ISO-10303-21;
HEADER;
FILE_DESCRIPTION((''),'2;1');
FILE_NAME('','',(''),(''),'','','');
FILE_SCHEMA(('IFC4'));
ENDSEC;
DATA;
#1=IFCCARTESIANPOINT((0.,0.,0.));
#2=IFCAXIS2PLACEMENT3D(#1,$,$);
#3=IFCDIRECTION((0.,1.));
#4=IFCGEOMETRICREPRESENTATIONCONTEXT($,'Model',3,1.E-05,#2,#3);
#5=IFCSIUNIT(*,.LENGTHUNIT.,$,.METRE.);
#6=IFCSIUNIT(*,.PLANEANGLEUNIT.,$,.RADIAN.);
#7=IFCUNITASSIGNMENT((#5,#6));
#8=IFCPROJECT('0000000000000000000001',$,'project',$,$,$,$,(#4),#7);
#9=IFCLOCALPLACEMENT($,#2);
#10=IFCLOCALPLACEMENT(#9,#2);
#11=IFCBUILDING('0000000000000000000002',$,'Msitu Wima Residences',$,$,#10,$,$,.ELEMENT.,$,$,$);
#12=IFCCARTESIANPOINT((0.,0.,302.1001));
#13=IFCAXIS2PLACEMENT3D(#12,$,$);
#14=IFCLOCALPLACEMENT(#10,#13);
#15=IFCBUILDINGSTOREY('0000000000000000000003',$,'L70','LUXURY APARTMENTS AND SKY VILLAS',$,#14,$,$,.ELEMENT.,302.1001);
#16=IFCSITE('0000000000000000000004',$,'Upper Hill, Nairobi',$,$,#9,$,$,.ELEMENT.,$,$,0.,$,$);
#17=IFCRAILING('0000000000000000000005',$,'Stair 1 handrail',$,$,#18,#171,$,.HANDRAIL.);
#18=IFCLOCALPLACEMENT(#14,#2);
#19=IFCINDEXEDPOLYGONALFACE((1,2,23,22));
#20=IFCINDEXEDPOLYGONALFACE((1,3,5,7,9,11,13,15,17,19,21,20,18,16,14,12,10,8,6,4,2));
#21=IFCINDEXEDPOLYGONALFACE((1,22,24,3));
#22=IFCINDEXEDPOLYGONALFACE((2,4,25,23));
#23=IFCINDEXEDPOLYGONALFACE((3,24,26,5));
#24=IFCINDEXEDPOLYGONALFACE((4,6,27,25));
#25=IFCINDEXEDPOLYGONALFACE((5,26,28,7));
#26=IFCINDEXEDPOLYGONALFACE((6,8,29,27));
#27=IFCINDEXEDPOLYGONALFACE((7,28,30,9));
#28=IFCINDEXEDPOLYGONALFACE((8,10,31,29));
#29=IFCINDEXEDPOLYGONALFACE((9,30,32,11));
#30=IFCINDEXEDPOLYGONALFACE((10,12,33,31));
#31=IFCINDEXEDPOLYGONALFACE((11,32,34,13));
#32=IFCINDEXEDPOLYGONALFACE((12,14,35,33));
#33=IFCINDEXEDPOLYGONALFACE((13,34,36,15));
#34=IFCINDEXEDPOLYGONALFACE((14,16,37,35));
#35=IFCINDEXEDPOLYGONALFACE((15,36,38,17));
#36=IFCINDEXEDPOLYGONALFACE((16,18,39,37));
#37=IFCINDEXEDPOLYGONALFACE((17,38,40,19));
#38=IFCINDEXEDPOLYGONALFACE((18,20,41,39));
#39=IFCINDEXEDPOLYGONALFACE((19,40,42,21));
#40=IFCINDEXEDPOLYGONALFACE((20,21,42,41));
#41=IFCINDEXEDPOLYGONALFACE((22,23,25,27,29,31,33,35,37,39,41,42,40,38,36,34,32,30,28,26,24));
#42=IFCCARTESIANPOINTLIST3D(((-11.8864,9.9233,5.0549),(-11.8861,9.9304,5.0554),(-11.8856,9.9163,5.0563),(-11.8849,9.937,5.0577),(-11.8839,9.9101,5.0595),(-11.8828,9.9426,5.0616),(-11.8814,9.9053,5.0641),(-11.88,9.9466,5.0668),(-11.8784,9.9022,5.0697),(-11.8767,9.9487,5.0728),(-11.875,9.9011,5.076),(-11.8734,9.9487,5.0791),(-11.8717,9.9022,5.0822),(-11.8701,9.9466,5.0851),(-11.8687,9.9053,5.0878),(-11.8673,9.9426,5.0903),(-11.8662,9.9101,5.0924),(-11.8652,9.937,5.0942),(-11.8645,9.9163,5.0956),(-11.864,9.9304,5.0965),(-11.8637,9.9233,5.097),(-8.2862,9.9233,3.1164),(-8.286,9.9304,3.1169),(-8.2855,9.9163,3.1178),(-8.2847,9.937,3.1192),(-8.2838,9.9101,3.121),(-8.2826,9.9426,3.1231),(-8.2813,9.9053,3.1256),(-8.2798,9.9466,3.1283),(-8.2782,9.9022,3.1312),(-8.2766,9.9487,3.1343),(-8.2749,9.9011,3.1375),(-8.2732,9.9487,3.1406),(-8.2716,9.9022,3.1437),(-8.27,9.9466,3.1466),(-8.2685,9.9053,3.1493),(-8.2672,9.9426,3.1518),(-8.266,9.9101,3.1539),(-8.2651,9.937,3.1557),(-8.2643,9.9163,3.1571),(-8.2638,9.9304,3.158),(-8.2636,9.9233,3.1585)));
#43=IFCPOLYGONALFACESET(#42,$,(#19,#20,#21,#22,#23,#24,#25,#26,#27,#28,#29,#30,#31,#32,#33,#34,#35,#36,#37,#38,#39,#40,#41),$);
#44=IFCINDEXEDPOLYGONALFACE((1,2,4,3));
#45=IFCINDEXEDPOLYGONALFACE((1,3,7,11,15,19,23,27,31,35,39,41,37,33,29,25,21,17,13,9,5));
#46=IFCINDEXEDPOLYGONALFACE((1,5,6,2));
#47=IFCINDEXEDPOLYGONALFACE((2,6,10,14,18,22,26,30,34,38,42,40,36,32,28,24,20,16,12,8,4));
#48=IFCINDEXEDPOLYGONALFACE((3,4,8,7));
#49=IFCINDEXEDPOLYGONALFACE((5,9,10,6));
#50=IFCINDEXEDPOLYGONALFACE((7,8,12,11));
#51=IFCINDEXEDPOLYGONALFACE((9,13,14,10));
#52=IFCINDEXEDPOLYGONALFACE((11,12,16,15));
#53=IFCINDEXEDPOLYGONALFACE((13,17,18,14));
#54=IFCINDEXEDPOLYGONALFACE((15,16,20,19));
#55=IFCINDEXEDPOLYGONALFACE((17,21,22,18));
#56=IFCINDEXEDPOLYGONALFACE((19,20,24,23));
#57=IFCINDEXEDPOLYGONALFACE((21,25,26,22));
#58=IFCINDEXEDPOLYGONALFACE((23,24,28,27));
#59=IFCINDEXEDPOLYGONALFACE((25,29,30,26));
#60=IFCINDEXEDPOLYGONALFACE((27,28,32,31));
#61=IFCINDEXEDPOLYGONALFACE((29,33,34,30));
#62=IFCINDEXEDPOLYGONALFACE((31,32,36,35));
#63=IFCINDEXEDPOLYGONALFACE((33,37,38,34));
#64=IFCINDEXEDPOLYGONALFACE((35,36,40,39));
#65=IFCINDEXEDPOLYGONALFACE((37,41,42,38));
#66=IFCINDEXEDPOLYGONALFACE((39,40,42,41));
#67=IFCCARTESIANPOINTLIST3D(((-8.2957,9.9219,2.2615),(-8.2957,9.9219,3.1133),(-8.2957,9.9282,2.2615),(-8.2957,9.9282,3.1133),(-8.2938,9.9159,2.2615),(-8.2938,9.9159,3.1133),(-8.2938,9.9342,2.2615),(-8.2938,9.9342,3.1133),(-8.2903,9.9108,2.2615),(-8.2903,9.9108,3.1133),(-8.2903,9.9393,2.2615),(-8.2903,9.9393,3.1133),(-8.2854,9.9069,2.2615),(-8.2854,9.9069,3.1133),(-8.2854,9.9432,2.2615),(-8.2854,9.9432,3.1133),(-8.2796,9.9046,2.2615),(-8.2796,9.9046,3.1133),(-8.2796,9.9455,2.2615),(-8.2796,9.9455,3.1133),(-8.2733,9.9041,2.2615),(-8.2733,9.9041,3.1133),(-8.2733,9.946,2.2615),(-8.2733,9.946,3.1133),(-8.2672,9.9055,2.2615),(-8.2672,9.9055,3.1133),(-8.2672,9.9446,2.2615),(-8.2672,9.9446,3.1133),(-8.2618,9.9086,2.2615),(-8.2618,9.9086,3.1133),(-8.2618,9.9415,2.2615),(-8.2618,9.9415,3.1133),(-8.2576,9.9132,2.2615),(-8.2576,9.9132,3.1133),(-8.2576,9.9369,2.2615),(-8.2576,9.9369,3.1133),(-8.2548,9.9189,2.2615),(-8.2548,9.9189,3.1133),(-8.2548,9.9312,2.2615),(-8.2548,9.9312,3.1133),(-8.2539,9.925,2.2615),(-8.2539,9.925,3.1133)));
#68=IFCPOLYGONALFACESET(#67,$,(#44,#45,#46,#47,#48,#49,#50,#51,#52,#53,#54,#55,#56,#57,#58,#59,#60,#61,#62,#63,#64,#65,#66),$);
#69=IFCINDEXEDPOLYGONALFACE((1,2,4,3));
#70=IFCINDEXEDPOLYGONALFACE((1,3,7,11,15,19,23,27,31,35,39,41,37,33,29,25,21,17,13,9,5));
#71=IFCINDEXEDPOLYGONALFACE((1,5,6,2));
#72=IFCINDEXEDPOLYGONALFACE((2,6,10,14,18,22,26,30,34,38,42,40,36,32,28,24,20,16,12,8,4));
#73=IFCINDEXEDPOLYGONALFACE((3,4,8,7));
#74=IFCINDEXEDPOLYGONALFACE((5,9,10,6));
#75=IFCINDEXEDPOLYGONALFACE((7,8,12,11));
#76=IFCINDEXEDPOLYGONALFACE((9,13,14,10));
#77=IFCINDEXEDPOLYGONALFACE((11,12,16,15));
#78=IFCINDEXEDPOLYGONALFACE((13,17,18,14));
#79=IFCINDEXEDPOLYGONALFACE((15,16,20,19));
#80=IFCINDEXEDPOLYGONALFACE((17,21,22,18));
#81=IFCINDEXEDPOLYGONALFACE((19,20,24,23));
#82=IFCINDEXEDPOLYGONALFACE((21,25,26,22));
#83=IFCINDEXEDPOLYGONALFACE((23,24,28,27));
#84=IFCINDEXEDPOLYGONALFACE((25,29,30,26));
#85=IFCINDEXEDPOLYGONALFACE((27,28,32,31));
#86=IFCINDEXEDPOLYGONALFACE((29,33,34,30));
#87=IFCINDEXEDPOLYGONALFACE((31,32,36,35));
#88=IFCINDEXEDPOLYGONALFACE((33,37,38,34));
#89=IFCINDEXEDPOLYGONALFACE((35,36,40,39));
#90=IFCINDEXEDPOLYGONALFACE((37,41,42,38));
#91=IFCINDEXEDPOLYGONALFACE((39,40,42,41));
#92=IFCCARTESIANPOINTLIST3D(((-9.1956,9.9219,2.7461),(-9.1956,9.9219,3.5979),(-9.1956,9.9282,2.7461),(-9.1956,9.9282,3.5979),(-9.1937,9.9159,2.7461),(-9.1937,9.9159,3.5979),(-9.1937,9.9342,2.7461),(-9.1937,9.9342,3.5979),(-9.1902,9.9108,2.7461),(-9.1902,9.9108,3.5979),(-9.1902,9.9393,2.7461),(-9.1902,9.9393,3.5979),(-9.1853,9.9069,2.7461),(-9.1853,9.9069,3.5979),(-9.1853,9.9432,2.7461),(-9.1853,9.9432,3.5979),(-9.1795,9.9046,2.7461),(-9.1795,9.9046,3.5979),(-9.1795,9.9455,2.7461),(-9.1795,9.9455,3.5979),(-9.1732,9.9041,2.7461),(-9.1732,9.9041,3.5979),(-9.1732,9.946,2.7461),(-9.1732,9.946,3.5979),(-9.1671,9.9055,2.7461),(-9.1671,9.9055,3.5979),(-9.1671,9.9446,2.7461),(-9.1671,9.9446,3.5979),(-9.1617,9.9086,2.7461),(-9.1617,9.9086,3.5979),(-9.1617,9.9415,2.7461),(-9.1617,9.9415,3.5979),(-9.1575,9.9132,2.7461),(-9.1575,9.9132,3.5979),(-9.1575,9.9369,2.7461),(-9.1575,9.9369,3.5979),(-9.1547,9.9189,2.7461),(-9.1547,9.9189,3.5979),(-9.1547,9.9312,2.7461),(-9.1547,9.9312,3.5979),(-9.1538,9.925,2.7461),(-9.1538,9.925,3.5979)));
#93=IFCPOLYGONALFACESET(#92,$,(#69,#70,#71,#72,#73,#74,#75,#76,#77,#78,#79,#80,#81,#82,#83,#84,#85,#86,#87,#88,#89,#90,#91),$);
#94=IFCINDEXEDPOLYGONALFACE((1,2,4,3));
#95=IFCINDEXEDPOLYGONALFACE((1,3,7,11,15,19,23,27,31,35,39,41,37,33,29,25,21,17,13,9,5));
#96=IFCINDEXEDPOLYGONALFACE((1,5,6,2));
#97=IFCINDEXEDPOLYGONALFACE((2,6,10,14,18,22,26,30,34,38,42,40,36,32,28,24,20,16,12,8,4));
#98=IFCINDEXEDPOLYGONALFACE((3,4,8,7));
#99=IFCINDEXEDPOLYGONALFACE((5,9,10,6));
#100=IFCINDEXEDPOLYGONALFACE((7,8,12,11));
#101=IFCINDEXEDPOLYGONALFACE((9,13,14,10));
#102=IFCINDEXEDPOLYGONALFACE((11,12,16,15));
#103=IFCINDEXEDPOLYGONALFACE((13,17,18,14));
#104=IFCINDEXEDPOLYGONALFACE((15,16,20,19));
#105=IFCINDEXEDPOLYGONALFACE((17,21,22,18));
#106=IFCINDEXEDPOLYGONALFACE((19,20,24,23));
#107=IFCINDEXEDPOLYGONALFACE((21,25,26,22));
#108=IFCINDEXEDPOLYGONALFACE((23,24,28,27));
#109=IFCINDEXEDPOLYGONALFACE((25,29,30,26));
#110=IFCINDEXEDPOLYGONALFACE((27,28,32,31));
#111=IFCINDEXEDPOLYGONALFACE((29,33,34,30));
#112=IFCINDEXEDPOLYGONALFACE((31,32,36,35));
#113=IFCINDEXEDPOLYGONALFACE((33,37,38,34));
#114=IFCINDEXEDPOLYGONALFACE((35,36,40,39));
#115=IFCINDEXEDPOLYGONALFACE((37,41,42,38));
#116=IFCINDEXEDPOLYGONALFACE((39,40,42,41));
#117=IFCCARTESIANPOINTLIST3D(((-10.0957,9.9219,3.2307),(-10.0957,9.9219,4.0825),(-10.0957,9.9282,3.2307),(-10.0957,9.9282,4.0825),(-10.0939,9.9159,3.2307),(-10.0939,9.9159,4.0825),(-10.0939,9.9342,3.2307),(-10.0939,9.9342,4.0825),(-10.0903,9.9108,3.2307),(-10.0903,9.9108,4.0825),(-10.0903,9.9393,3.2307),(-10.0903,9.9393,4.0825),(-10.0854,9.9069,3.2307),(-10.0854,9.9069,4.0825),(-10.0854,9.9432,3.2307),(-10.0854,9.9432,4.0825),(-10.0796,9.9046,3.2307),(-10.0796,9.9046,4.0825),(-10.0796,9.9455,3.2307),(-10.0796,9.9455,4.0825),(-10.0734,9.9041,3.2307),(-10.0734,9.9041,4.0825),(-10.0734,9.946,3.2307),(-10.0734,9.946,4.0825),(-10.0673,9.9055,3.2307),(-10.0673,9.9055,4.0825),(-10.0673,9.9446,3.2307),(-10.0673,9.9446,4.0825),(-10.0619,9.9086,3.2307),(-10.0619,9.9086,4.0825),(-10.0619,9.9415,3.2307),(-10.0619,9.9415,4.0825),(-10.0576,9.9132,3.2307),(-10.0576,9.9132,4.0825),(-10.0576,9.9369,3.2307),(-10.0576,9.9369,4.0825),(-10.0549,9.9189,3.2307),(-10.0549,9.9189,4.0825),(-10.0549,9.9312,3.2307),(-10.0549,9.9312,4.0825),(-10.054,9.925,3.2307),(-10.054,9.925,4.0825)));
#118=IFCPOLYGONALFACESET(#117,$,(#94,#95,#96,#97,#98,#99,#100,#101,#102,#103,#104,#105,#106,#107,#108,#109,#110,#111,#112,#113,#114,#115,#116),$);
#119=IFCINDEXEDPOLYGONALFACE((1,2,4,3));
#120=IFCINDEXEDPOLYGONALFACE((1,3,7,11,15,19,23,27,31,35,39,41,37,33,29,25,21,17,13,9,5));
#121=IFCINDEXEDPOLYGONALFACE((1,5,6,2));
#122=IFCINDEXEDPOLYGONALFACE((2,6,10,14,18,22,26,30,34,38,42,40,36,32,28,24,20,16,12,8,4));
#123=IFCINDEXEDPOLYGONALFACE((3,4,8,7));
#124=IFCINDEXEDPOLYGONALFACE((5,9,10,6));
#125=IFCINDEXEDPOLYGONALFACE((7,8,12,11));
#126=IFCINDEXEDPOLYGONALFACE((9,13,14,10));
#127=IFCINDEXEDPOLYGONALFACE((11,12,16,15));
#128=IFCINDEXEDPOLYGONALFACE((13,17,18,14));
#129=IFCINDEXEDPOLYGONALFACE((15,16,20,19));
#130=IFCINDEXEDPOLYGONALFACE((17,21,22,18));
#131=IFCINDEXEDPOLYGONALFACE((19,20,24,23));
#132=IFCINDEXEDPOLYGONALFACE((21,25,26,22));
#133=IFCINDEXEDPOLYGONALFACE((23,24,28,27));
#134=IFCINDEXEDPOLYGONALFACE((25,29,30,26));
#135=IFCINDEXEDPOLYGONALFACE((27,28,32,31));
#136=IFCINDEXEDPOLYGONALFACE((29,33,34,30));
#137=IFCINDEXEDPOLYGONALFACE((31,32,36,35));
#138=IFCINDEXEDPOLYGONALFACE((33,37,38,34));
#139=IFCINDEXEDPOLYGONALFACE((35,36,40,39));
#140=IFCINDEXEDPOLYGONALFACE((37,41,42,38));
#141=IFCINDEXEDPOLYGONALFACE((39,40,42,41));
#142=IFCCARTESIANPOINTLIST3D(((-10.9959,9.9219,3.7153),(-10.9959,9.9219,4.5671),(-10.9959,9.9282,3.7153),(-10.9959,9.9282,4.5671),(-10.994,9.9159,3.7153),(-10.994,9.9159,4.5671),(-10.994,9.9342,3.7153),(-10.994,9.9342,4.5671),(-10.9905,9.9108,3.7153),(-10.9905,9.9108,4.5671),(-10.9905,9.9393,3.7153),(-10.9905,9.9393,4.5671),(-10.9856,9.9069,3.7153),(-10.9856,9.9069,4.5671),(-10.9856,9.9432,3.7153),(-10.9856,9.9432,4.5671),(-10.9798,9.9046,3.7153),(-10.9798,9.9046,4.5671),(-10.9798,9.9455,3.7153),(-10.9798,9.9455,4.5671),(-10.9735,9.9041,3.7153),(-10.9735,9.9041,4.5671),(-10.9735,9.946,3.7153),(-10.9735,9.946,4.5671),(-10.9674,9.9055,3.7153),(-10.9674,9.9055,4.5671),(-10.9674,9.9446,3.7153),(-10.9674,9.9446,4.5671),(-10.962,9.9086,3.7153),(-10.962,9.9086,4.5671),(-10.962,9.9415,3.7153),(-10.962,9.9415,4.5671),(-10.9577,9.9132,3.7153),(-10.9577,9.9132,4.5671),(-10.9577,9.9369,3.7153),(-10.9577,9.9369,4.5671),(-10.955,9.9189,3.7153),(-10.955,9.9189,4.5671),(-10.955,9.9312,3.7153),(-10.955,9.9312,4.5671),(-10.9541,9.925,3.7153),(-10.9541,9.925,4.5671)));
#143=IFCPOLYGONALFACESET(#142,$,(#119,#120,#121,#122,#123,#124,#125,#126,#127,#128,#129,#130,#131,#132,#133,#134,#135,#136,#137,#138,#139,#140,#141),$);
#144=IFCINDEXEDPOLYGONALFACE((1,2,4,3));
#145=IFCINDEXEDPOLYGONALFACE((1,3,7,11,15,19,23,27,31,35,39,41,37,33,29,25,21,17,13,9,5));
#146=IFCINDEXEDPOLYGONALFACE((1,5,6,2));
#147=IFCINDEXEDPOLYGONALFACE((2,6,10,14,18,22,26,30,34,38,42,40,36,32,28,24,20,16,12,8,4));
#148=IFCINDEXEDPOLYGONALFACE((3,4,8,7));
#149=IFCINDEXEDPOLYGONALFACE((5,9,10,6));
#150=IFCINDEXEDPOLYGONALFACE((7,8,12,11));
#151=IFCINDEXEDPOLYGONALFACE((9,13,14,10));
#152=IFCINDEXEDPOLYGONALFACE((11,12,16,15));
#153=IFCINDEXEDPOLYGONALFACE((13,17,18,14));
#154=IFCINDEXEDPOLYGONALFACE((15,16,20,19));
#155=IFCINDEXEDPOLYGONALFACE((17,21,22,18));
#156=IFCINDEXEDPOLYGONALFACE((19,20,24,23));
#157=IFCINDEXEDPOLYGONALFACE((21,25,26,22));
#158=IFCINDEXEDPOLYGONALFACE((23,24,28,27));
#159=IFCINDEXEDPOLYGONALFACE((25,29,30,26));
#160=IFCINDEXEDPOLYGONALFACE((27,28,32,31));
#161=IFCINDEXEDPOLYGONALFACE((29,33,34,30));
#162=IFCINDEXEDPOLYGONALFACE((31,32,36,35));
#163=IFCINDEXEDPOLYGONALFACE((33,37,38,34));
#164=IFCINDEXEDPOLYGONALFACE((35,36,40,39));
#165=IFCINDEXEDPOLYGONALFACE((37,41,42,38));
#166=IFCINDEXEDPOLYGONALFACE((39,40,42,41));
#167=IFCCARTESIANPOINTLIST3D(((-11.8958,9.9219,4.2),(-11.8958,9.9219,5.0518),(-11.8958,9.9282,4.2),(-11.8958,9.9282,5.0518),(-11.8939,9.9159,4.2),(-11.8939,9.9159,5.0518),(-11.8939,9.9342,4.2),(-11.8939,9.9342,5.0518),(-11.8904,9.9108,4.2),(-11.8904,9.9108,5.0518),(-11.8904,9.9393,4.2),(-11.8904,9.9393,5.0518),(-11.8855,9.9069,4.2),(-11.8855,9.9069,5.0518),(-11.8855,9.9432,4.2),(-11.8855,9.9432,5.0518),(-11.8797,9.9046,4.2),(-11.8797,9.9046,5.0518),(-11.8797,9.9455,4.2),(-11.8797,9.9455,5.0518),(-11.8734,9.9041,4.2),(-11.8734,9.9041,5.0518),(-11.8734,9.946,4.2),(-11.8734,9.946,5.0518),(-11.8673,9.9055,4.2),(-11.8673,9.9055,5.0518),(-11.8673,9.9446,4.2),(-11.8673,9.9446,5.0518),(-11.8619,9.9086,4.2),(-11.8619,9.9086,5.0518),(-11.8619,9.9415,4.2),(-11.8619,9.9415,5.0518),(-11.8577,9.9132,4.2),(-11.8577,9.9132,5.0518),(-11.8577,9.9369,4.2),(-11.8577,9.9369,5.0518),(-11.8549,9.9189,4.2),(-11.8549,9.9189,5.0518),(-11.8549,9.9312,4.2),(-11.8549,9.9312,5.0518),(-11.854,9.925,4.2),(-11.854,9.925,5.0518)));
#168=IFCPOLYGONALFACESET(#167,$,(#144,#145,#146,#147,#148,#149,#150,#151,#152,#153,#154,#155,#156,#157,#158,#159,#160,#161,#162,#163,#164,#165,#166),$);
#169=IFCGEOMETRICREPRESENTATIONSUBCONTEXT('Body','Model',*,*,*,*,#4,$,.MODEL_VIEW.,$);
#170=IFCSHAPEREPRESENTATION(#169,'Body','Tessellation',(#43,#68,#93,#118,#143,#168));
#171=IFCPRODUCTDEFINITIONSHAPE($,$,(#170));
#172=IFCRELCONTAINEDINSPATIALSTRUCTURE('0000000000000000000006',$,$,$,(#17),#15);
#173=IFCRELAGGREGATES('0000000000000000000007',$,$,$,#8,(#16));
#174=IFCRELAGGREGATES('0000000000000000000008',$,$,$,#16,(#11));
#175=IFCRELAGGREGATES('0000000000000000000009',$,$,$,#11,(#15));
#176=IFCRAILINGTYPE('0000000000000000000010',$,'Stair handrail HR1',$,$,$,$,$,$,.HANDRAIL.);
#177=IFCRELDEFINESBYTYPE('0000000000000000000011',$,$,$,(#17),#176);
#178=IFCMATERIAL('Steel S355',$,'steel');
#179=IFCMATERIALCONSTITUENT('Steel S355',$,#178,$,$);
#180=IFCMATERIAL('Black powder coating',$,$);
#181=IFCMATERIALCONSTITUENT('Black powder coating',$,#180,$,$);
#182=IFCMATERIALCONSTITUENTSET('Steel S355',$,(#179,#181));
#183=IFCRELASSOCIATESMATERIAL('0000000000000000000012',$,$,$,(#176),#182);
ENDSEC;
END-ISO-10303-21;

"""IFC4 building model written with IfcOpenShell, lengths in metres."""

from ifc_helpers import new_model, si_unit, direction, frame, origin, origin_2d, place, context, subcontext, project, spatial, circle, extrude, material, constituent, constituent_set, type_object, element, save


model = new_model("IFC4")

# Units and contexts
model_context = context("Model", 3, precision=1e-05, world=origin(), true_north=direction((0.0, 1.0)))
body_context = subcontext(model_context, "Body", "Model", "MODEL_VIEW")
ifc_project = project(units=[si_unit("LENGTHUNIT", "METRE"), si_unit("PLANEANGLEUNIT", "RADIAN")], contexts=[model_context])

# Site, building, storey
site_placement = place(None, origin())
site = spatial("IfcSite", under=ifc_project, at=site_placement, Name="Upper Hill, Nairobi", CompositionType="ELEMENT", RefElevation=0.0)
building_placement = place(site_placement, origin())
building = spatial("IfcBuilding", under=site, at=building_placement, Name="Msitu Wima Residences", CompositionType="ELEMENT")
storey_placement = place(building_placement, frame((0.0, 0.0, 302.1001)))
storey = spatial("IfcBuildingStorey", under=building, at=storey_placement, Name="L70", Description="LUXURY APARTMENTS AND SKY VILLAS", CompositionType="ELEMENT", Elevation=302.1001)

# Railing
ifc_material_1 = material(Name="Steel S355", Category="steel")
ifc_constituent_1 = constituent(ifc_material_1, Name="Steel S355")
ifc_material_2 = material(Name="Black powder coating")
ifc_constituent_2 = constituent(ifc_material_2, Name="Black powder coating")
ifc_constituent_set = constituent_set(constituents=[ifc_constituent_1, ifc_constituent_2], Name="Steel S355")
railing_type = type_object("IfcRailingType", Name="Stair handrail HR1", PredefinedType="HANDRAIL", material=ifc_constituent_set)
railing_placement = place(storey_placement, frame((-8.2749, 9.925, 2.2615)))
element("IfcRailing", 1, at=railing_placement, inside=storey, type_object=railing_type, Name="Stair 1 handrail", PredefinedType="HANDRAIL", context=body_context, shape_type="SweptSolid", body=[
    extrude(circle(Radius=0.0239, at=origin_2d()), frame((0.0, 0.0, 0.876), z_axis=(-0.880475, 0.0, 0.474093), x_axis=(0.0, -1.0, 0.0)), (0.0, 0.0, 1.0), 4.0889),
    extrude(circle(Radius=0.021, at=origin_2d()), origin(), (0.0, 0.0, 1.0), 0.8518),
    extrude(circle(Radius=0.021, at=origin_2d()), frame((-0.8999, 0.0, 0.4846)), (0.0, 0.0, 1.0), 0.8518),
    extrude(circle(Radius=0.021, at=origin_2d()), frame((-1.8, 0.0, 0.9692)), (0.0, 0.0, 1.0), 0.8518),
    extrude(circle(Radius=0.021, at=origin_2d()), frame((-2.7002, 0.0, 1.4539)), (0.0, 0.0, 1.0), 0.8518),
    extrude(circle(Radius=0.021, at=origin_2d()), frame((-3.6001, 0.0, 1.9385)), (0.0, 0.0, 1.0), 0.8518),
])

save(model, "model.ifc")
